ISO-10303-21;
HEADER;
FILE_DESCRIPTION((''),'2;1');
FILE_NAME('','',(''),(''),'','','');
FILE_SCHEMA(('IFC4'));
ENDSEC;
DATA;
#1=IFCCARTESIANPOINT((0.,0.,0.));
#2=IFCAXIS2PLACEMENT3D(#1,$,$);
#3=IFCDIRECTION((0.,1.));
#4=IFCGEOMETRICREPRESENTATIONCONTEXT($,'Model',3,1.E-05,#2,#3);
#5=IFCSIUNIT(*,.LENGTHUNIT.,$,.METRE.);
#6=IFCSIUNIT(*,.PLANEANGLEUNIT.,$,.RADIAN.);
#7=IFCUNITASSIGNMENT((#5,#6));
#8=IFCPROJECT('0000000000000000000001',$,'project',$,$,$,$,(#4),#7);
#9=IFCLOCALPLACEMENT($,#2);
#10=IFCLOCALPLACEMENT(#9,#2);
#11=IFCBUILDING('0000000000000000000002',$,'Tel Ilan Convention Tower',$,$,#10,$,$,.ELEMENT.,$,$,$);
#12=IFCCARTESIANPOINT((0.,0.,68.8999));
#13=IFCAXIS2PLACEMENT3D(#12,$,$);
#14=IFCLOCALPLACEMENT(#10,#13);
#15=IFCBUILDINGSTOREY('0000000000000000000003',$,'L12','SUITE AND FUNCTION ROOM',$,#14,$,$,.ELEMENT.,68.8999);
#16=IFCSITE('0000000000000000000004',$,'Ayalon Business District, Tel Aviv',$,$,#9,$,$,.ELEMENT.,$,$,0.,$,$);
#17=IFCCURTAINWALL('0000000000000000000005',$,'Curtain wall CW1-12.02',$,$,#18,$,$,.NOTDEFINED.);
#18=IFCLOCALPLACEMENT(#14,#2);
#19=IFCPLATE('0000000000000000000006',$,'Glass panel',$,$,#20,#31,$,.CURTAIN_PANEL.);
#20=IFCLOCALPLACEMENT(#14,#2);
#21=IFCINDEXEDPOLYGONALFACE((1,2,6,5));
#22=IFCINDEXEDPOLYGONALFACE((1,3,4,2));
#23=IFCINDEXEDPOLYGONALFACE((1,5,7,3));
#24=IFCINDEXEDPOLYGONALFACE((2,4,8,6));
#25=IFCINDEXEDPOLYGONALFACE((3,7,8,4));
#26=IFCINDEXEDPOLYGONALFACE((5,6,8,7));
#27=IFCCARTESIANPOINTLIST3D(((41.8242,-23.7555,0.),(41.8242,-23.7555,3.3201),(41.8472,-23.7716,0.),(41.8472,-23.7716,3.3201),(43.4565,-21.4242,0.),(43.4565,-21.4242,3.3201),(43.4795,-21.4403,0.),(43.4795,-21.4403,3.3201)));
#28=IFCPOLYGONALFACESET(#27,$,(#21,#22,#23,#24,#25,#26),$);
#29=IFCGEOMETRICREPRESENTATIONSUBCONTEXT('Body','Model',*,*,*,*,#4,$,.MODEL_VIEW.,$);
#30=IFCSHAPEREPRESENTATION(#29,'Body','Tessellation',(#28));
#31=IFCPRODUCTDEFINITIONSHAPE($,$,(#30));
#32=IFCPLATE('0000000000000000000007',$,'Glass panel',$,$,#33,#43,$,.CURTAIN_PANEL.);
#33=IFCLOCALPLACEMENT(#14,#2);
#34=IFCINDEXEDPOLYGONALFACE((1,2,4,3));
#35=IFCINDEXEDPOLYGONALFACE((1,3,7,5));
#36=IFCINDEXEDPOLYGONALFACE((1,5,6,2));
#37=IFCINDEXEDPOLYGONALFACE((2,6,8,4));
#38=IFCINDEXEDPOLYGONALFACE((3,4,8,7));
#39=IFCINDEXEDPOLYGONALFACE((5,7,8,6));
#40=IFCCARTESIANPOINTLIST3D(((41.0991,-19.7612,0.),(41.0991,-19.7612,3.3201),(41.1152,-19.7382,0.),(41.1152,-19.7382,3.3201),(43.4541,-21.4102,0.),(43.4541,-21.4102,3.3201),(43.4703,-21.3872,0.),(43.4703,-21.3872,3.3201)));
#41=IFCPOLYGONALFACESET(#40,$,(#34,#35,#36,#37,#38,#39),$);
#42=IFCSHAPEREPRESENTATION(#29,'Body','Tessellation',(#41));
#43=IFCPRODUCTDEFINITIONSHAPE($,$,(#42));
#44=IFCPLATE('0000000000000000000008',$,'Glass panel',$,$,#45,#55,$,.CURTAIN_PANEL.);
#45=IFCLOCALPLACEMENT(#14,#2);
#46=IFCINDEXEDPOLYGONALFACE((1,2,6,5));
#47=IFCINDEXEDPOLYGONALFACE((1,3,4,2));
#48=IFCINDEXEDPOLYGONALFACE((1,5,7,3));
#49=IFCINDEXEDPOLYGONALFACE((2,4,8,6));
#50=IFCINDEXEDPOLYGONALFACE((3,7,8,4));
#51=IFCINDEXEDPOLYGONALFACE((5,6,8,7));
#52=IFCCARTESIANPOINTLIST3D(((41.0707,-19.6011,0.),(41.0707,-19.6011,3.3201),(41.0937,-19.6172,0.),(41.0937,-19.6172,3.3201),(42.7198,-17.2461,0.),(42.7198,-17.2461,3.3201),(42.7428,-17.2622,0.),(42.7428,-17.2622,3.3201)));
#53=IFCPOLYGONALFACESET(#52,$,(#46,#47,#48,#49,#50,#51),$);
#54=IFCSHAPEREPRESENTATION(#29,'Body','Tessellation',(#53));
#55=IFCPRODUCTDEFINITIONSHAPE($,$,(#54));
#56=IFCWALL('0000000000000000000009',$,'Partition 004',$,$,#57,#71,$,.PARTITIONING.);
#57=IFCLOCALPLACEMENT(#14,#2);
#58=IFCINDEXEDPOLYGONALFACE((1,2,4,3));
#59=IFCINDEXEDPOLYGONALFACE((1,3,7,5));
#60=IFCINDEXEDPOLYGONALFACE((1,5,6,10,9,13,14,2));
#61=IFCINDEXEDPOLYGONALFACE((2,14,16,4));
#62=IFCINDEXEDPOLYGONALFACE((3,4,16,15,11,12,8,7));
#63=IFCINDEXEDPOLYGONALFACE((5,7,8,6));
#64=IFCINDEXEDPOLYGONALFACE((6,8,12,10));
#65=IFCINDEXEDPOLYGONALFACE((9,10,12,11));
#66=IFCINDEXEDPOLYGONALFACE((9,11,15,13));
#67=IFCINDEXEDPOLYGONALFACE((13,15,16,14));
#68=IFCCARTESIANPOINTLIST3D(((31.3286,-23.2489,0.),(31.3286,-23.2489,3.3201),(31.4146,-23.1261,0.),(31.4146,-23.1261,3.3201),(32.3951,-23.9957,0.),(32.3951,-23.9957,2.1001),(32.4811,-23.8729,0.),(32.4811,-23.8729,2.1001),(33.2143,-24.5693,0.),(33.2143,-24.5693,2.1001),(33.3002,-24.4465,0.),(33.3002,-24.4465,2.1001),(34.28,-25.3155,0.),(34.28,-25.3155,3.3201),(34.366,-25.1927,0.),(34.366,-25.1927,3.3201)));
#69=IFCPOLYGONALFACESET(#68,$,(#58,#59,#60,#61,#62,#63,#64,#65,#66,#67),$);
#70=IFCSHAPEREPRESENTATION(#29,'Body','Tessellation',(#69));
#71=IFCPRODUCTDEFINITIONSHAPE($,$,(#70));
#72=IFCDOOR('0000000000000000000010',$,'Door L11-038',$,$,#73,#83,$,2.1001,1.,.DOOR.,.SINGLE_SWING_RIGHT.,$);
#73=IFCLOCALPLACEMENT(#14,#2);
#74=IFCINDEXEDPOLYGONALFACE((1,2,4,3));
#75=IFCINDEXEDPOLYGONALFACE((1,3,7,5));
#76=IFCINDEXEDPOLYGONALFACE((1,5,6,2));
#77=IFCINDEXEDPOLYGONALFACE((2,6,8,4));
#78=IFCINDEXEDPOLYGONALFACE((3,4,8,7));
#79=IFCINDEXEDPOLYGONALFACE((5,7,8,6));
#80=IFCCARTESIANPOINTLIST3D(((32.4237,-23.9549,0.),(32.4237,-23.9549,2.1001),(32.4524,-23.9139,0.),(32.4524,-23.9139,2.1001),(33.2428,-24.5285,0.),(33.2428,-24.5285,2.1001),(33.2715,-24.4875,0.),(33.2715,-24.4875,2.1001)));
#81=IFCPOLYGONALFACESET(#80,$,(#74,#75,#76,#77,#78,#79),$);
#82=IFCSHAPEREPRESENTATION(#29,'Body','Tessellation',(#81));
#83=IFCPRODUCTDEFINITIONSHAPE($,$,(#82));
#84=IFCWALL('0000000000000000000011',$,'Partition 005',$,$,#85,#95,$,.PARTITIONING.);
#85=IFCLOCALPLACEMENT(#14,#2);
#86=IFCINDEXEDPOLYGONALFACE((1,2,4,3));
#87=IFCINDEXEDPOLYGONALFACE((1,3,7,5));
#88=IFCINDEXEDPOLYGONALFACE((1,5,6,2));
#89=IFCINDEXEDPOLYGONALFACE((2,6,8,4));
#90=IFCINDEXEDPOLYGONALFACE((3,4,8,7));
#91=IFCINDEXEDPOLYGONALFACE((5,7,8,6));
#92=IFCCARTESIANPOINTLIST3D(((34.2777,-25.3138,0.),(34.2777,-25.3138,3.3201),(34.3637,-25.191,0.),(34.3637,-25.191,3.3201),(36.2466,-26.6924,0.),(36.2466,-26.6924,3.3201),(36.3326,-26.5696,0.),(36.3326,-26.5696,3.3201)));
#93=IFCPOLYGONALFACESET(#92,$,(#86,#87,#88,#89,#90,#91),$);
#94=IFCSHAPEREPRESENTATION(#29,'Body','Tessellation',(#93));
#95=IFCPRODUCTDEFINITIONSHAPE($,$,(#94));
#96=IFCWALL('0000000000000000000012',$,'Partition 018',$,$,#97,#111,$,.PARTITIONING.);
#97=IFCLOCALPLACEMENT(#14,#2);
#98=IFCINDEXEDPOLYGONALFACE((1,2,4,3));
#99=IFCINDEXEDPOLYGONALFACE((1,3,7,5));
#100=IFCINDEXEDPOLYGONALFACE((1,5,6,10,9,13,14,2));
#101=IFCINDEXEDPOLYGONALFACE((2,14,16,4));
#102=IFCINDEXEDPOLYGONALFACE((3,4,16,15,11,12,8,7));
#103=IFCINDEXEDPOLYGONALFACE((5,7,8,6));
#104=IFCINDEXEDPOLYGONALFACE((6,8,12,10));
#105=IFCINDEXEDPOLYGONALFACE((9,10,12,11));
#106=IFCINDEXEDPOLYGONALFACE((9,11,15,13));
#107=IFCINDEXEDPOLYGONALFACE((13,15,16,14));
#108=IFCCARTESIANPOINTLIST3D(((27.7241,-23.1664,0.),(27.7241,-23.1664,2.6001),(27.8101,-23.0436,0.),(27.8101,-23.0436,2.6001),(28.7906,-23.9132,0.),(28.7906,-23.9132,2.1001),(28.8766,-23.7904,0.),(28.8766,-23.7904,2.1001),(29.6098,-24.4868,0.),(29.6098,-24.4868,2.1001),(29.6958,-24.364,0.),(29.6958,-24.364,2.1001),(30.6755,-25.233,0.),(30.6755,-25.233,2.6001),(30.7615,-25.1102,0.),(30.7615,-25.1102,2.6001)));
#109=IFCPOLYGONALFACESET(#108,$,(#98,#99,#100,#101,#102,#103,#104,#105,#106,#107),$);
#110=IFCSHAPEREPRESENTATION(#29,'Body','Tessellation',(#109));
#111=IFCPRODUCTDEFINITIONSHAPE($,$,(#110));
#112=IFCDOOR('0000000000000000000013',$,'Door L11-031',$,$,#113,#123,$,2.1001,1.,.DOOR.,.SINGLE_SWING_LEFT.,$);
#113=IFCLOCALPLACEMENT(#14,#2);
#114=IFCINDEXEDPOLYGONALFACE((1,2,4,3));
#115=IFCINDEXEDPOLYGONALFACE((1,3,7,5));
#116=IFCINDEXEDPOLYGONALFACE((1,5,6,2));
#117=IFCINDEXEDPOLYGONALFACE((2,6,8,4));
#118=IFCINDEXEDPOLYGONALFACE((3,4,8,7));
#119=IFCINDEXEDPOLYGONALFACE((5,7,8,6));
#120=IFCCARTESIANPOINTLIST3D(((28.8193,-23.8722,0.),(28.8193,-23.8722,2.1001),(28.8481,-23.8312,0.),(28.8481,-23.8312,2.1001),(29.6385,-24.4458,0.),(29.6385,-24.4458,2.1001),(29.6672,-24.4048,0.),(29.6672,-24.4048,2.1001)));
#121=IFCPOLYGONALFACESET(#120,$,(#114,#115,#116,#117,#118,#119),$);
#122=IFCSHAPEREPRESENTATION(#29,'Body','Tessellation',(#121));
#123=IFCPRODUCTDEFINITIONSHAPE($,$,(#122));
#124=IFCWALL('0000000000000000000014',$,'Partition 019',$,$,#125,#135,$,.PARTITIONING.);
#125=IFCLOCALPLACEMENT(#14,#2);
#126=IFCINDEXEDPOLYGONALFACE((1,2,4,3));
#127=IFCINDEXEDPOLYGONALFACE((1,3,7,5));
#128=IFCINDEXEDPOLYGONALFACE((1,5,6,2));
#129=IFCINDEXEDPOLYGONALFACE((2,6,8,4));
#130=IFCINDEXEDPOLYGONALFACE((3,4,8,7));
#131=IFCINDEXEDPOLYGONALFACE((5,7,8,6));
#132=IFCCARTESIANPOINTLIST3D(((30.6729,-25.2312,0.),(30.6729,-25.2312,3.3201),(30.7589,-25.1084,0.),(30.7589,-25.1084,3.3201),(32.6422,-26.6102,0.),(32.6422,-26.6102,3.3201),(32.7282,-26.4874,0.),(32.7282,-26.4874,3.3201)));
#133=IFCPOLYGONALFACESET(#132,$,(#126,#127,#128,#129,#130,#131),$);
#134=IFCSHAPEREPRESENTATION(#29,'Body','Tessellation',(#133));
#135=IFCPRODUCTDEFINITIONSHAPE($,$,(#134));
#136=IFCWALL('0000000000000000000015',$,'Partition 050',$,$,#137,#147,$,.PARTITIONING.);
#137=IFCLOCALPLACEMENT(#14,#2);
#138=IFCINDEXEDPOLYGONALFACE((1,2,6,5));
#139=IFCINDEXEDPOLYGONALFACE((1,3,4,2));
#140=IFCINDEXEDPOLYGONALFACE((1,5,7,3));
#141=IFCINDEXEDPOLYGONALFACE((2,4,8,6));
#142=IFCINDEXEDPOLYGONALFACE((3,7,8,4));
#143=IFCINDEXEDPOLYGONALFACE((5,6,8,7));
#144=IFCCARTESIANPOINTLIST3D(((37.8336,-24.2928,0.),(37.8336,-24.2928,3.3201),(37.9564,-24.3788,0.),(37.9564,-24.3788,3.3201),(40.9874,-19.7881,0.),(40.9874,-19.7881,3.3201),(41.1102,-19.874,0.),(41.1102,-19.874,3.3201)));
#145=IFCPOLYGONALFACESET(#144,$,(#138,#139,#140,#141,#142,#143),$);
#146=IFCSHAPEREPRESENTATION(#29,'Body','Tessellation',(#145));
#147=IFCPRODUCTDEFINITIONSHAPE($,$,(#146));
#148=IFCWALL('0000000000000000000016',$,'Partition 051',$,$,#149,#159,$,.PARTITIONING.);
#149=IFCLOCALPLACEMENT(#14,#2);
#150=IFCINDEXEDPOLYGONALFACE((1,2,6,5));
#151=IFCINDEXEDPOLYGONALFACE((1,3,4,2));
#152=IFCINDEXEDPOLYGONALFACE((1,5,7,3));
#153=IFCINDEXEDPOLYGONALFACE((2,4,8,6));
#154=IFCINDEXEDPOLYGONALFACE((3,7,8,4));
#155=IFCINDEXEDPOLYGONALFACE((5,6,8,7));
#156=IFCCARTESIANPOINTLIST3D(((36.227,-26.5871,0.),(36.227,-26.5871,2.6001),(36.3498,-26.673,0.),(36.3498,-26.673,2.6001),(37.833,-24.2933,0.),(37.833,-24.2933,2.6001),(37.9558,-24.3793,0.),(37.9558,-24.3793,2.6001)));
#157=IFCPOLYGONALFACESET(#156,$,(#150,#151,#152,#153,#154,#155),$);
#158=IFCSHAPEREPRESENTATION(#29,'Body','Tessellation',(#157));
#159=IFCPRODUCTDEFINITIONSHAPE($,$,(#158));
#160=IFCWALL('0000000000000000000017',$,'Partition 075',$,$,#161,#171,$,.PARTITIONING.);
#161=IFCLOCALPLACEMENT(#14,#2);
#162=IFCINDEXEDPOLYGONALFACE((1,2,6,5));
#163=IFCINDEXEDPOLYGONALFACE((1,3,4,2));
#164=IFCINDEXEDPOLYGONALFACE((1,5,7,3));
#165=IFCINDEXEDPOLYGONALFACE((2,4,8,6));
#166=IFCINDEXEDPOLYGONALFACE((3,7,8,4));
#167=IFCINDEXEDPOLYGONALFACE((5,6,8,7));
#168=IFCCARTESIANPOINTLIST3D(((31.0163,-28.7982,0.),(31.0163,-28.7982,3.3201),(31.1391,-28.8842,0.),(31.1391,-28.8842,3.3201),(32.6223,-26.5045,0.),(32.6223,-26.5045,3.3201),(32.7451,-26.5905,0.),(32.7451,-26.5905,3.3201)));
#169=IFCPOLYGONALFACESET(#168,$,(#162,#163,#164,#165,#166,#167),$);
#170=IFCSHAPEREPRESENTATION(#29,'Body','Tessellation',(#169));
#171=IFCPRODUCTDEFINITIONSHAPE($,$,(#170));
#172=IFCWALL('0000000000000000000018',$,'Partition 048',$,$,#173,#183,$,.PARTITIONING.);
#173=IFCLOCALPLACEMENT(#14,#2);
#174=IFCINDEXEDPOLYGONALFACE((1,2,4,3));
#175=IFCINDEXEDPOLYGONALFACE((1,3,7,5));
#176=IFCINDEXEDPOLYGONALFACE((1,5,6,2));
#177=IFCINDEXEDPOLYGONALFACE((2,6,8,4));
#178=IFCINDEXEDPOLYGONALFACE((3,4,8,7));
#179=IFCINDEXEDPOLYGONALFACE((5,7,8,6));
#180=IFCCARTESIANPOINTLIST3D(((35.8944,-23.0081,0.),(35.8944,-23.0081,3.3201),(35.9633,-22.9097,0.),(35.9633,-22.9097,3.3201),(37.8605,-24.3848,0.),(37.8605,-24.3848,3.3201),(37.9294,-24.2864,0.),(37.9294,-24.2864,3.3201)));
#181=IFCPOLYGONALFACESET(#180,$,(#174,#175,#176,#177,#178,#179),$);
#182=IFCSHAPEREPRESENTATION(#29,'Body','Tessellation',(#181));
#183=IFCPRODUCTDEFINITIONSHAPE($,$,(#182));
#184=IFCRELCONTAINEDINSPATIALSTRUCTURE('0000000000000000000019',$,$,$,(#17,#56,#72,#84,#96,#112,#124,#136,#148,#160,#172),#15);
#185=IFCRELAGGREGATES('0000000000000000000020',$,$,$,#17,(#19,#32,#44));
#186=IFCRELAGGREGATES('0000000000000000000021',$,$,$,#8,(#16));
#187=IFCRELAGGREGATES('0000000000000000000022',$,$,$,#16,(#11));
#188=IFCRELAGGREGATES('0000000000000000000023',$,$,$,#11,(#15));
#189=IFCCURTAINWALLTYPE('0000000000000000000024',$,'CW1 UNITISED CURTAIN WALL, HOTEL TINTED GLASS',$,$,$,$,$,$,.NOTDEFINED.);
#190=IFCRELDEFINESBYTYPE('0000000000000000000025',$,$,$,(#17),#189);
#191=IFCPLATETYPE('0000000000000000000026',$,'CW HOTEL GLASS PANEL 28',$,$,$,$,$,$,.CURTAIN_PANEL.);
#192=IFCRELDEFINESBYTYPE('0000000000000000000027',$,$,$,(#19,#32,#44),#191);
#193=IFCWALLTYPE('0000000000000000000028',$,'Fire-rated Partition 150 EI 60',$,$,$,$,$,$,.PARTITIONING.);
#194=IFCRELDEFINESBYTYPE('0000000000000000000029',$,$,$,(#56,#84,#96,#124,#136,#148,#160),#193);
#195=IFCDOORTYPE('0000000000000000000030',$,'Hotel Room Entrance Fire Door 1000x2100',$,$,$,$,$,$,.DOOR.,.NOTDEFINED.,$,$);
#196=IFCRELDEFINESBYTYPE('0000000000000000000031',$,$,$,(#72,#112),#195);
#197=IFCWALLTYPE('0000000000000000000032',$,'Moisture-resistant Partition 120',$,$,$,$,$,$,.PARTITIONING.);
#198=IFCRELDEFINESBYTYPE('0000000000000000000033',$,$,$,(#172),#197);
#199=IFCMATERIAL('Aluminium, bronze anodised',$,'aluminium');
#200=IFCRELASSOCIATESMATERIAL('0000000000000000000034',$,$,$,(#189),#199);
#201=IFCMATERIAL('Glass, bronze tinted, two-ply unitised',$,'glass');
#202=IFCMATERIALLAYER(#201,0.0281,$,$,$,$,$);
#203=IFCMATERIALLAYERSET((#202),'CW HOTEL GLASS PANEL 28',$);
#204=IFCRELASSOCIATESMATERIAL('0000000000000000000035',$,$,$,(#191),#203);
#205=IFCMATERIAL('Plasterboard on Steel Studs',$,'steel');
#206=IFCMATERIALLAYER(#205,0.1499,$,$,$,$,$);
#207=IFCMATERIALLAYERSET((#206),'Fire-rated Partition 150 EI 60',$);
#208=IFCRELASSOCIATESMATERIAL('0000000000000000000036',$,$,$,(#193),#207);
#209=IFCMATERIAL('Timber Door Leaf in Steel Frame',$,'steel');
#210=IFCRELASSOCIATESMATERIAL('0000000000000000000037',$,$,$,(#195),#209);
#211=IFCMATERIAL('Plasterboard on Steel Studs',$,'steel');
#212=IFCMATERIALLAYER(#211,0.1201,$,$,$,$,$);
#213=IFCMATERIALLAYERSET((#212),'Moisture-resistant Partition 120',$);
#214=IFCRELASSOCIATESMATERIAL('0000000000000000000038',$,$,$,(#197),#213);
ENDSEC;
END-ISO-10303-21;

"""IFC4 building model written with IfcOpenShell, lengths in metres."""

from ifc_helpers import new_model, si_unit, direction, frame, frame_2d, origin, origin_2d, place, context, subcontext, project, spatial, rectangle, extrude, material, layer, layer_set, type_object, element, fill, aggregate, save


model = new_model("IFC4")

# Units and contexts
model_context = context("Model", 3, precision=1e-05, world=origin(), true_north=direction((0.0, 1.0)))
body_context = subcontext(model_context, "Body", "Model", "MODEL_VIEW")
ifc_project = project(units=[si_unit("LENGTHUNIT", "METRE"), si_unit("PLANEANGLEUNIT", "RADIAN")], contexts=[model_context])

# Site, building, storey
site_placement = place(None, origin())
site = spatial("IfcSite", under=ifc_project, at=site_placement, Name="Ayalon Business District, Tel Aviv", CompositionType="ELEMENT", RefElevation=0.0)
building_placement = place(site_placement, origin())
building = spatial("IfcBuilding", under=site, at=building_placement, Name="Tel Ilan Convention Tower", CompositionType="ELEMENT")
storey_placement = place(building_placement, frame((0.0, 0.0, 68.8999)))
storey = spatial("IfcBuildingStorey", under=building, at=storey_placement, Name="L12", Description="SUITE AND FUNCTION ROOM", CompositionType="ELEMENT", Elevation=68.8999)

# Curtain wall, plates
ifc_material_1 = material(Name="Aluminium, bronze anodised", Category="aluminium")
curtain_wall_type = type_object("IfcCurtainWallType", Name="CW1 UNITISED CURTAIN WALL, HOTEL TINTED GLASS", PredefinedType="NOTDEFINED", material=ifc_material_1)
curtain_wall_placement = place(storey_placement, origin())
curtain_wall = element("IfcCurtainWall", 1, at=curtain_wall_placement, inside=storey, type_object=curtain_wall_type, Name="Curtain wall CW1-12.02", PredefinedType="NOTDEFINED")
ifc_material_2 = material(Name="Glass, bronze tinted, two-ply unitised", Category="glass")
ifc_layer_1 = layer(ifc_material_2, 0.0281)
ifc_layer_set_1 = layer_set([ifc_layer_1], Name="CW HOTEL GLASS PANEL 28")
plate_type = type_object("IfcPlateType", Name="CW HOTEL GLASS PANEL 28", PredefinedType="CURTAIN_PANEL", material=ifc_layer_set_1)
plate_1_placement = place(storey_placement, frame((42.6519, -22.5979, 0.0), z_axis=(0.0, 0.0, 1.0), x_axis=(0.573576, 0.819152, 0.0)))
plate_1 = element("IfcPlate", 2, at=plate_1_placement, type_object=plate_type, Name="Glass panel", PredefinedType="CURTAIN_PANEL", context=body_context, shape_type="SweptSolid", body=[
    extrude(rectangle(XDim=2.8459, YDim=0.0281, at=origin_2d()), origin(), (0.0, 0.0, 1.0), 3.3201),
])
plate_2_placement = place(storey_placement, frame((42.2847, -20.5742, 0.0), z_axis=(0.0, 0.0, 1.0), x_axis=(-0.819152, 0.573576, 0.0)))
plate_2 = element("IfcPlate", 3, at=plate_2_placement, type_object=plate_type, Name="Glass panel", PredefinedType="CURTAIN_PANEL", context=body_context, shape_type="SweptSolid", body=[
    extrude(rectangle(XDim=2.875, YDim=0.0281, at=origin_2d()), origin(), (0.0, 0.0, 1.0), 3.3201),
])
plate_3_placement = place(storey_placement, frame((41.9067, -18.4316, 0.0), z_axis=(0.0, 0.0, 1.0), x_axis=(0.573576, 0.819152, 0.0)))
plate_3 = element("IfcPlate", 4, at=plate_3_placement, type_object=plate_type, Name="Glass panel", PredefinedType="CURTAIN_PANEL", context=body_context, shape_type="SweptSolid", body=[
    extrude(rectangle(XDim=2.875, YDim=0.0281, at=origin_2d()), origin(), (0.0, 0.0, 1.0), 3.3201),
])
aggregate(curtain_wall, [plate_1, plate_2, plate_3])

# Wall, opening, door
ifc_material_3 = material(Name="Plasterboard on Steel Studs", Category="steel")
ifc_layer_2 = layer(ifc_material_3, 0.1499)
ifc_layer_set_2 = layer_set([ifc_layer_2], Name="Fire-rated Partition 150 EI 60")
wall_type_1 = type_object("IfcWallType", Name="Fire-rated Partition 150 EI 60", PredefinedType="PARTITIONING", material=ifc_layer_set_2)
wall_1_placement = place(storey_placement, frame((31.3716, -23.1875, 0.0), z_axis=(0.0, 0.0, 1.0), x_axis=(0.819146, -0.573585, 0.0)))
wall_1 = element("IfcWall", 5, at=wall_1_placement, inside=storey, type_object=wall_type_1, Name="Partition 004", PredefinedType="PARTITIONING", context=body_context, shape_type="SweptSolid", body=[
    extrude(rectangle(XDim=3.603, YDim=0.1499, at=frame_2d((1.8015, 0.0))), origin(), (0.0, 0.0, 1.0), 3.3201),
])
opening_1_placement = place(wall_1_placement, frame((1.302, 0.0, 0.0)))
opening_1 = element("IfcOpeningElement", 6, at=opening_1_placement, cuts=wall_1, PredefinedType="OPENING", context=body_context, shape_type="SweptSolid", body=[
    extrude(rectangle(XDim=1.0, YDim=2.1001, at=frame_2d((0.5, 1.05))), frame((0.0, 0.085, 0.0), z_axis=(0.0, -1.0, 0.0), x_axis=(1.0, 0.0, 0.0)), (0.0, 0.0, 1.0), 0.1699),
])
ifc_material_4 = material(Name="Timber Door Leaf in Steel Frame", Category="steel")
door_type_1 = type_object("IfcDoorType", Name="Hotel Room Entrance Fire Door 1000x2100", OperationType="NOTDEFINED", PredefinedType="DOOR", material=ifc_material_4)
door_1_placement = place(opening_1_placement, origin())
door_1 = element("IfcDoor", 7, at=door_1_placement, inside=storey, type_object=door_type_1, Name="Door L11-038", OperationType="SINGLE_SWING_RIGHT", OverallHeight=2.1001, OverallWidth=1.0, PredefinedType="DOOR", context=body_context, shape_type="SweptSolid", body=[
    extrude(rectangle(XDim=1.0, YDim=2.1001, at=frame_2d((0.5, 1.05))), frame((0.0, 0.0249, 0.0), z_axis=(0.0, -1.0, 0.0), x_axis=(1.0, 0.0, 0.0)), (0.0, 0.0, 1.0), 0.05),
])
fill(opening_1, door_1)

# Wall
wall_2_placement = place(storey_placement, frame((34.3208, -25.2524, 0.0), z_axis=(0.0, 0.0, 1.0), x_axis=(0.81916, -0.573565, 0.0)))
element("IfcWall", 8, at=wall_2_placement, inside=storey, type_object=wall_type_1, Name="Partition 005", PredefinedType="PARTITIONING", context=body_context, shape_type="SweptSolid", body=[
    extrude(rectangle(XDim=2.4036, YDim=0.1499, at=frame_2d((1.2017, 0.0))), origin(), (0.0, 0.0, 1.0), 3.3201),
])

# Wall, opening, door
wall_3_placement = place(storey_placement, frame((30.7185, -25.1716, 0.0), z_axis=(0.0, 0.0, 1.0), x_axis=(-0.819146, 0.573585, 0.0)))
wall_3 = element("IfcWall", 9, at=wall_3_placement, inside=storey, type_object=wall_type_1, Name="Partition 018", PredefinedType="PARTITIONING", context=body_context, shape_type="SweptSolid", body=[
    extrude(rectangle(XDim=3.603, YDim=0.1499, at=frame_2d((1.8015, 0.0))), origin(), (0.0, 0.0, 1.0), 2.6001),
])
opening_2_placement = place(wall_3_placement, frame((1.301, 0.0, 0.0)))
opening_2 = element("IfcOpeningElement", 10, at=opening_2_placement, cuts=wall_3, PredefinedType="OPENING", context=body_context, shape_type="SweptSolid", body=[
    extrude(rectangle(XDim=1.0, YDim=2.1001, at=frame_2d((0.5, 1.05))), frame((0.0, 0.085, 0.0), z_axis=(0.0, -1.0, 0.0), x_axis=(1.0, 0.0, 0.0)), (0.0, 0.0, 1.0), 0.1699),
])
door_2_placement = place(opening_2_placement, origin())
door_2 = element("IfcDoor", 11, at=door_2_placement, inside=storey, type_object=door_type_1, Name="Door L11-031", OperationType="SINGLE_SWING_LEFT", OverallHeight=2.1001, OverallWidth=1.0, PredefinedType="DOOR", context=body_context, shape_type="SweptSolid", body=[
    extrude(rectangle(XDim=1.0, YDim=2.1001, at=frame_2d((0.5, 1.05))), frame((0.0, 0.0249, 0.0), z_axis=(0.0, -1.0, 0.0), x_axis=(1.0, 0.0, 0.0)), (0.0, 0.0, 1.0), 0.05),
])
fill(opening_2, door_2)

# Walls
wall_4_placement = place(storey_placement, frame((32.6853, -26.5488, 0.0), z_axis=(0.0, 0.0, 1.0), x_axis=(-0.819146, 0.573585, 0.0)))
element("IfcWall", 12, at=wall_4_placement, inside=storey, type_object=wall_type_1, Name="Partition 019", PredefinedType="PARTITIONING", context=body_context, shape_type="SweptSolid", body=[
    extrude(rectangle(XDim=2.4041, YDim=0.1499, at=frame_2d((1.2021, 0.0))), origin(), (0.0, 0.0, 1.0), 3.3201),
])
wall_5_placement = place(storey_placement, frame((41.0488, -19.8311, 0.0), z_axis=(0.0, 0.0, 1.0), x_axis=(-0.573531, -0.819184, 0.0)))
element("IfcWall", 13, at=wall_5_placement, inside=storey, type_object=wall_type_1, Name="Partition 050", PredefinedType="PARTITIONING", context=body_context, shape_type="SweptSolid", body=[
    extrude(rectangle(XDim=5.499, YDim=0.1499, at=frame_2d((2.7495, 0.0))), origin(), (0.0, 0.0, 1.0), 3.3201),
])
wall_6_placement = place(storey_placement, frame((37.8943, -24.3364, 0.0), z_axis=(0.0, 0.0, 1.0), x_axis=(-0.57355, -0.81917, 0.0)))
element("IfcWall", 14, at=wall_6_placement, inside=storey, type_object=wall_type_1, Name="Partition 051", PredefinedType="PARTITIONING", context=body_context, shape_type="SweptSolid", body=[
    extrude(rectangle(XDim=2.8, YDim=0.1499, at=frame_2d((1.3999, 0.0))), origin(), (0.0, 0.0, 1.0), 2.6001),
])
wall_7_placement = place(storey_placement, frame((32.6836, -26.5476, 0.0), z_axis=(0.0, 0.0, 1.0), x_axis=(-0.57355, -0.81917, 0.0)))
element("IfcWall", 15, at=wall_7_placement, inside=storey, type_object=wall_type_1, Name="Partition 075", PredefinedType="PARTITIONING", context=body_context, shape_type="SweptSolid", body=[
    extrude(rectangle(XDim=2.8, YDim=0.1499, at=frame_2d((1.3999, 0.0))), origin(), (0.0, 0.0, 1.0), 3.3201),
])
ifc_material_5 = material(Name="Plasterboard on Steel Studs", Category="steel")
ifc_layer_3 = layer(ifc_material_5, 0.1201)
ifc_layer_set_3 = layer_set([ifc_layer_3], Name="Moisture-resistant Partition 120")
wall_type_2 = type_object("IfcWallType", Name="Moisture-resistant Partition 120", PredefinedType="PARTITIONING", material=ifc_layer_set_3)
wall_8_placement = place(storey_placement, frame((37.895, -24.3357, 0.0), z_axis=(0.0, 0.0, 1.0), x_axis=(-0.819141, 0.573592, 0.0)))
element("IfcWall", 16, at=wall_8_placement, inside=storey, type_object=wall_type_2, Name="Partition 048", PredefinedType="PARTITIONING", context=body_context, shape_type="SweptSolid", body=[
    extrude(rectangle(XDim=2.4001, YDim=0.1201, at=frame_2d((1.2002, 0.0))), origin(), (0.0, 0.0, 1.0), 3.3201),
])

save(model, "model.ifc")
